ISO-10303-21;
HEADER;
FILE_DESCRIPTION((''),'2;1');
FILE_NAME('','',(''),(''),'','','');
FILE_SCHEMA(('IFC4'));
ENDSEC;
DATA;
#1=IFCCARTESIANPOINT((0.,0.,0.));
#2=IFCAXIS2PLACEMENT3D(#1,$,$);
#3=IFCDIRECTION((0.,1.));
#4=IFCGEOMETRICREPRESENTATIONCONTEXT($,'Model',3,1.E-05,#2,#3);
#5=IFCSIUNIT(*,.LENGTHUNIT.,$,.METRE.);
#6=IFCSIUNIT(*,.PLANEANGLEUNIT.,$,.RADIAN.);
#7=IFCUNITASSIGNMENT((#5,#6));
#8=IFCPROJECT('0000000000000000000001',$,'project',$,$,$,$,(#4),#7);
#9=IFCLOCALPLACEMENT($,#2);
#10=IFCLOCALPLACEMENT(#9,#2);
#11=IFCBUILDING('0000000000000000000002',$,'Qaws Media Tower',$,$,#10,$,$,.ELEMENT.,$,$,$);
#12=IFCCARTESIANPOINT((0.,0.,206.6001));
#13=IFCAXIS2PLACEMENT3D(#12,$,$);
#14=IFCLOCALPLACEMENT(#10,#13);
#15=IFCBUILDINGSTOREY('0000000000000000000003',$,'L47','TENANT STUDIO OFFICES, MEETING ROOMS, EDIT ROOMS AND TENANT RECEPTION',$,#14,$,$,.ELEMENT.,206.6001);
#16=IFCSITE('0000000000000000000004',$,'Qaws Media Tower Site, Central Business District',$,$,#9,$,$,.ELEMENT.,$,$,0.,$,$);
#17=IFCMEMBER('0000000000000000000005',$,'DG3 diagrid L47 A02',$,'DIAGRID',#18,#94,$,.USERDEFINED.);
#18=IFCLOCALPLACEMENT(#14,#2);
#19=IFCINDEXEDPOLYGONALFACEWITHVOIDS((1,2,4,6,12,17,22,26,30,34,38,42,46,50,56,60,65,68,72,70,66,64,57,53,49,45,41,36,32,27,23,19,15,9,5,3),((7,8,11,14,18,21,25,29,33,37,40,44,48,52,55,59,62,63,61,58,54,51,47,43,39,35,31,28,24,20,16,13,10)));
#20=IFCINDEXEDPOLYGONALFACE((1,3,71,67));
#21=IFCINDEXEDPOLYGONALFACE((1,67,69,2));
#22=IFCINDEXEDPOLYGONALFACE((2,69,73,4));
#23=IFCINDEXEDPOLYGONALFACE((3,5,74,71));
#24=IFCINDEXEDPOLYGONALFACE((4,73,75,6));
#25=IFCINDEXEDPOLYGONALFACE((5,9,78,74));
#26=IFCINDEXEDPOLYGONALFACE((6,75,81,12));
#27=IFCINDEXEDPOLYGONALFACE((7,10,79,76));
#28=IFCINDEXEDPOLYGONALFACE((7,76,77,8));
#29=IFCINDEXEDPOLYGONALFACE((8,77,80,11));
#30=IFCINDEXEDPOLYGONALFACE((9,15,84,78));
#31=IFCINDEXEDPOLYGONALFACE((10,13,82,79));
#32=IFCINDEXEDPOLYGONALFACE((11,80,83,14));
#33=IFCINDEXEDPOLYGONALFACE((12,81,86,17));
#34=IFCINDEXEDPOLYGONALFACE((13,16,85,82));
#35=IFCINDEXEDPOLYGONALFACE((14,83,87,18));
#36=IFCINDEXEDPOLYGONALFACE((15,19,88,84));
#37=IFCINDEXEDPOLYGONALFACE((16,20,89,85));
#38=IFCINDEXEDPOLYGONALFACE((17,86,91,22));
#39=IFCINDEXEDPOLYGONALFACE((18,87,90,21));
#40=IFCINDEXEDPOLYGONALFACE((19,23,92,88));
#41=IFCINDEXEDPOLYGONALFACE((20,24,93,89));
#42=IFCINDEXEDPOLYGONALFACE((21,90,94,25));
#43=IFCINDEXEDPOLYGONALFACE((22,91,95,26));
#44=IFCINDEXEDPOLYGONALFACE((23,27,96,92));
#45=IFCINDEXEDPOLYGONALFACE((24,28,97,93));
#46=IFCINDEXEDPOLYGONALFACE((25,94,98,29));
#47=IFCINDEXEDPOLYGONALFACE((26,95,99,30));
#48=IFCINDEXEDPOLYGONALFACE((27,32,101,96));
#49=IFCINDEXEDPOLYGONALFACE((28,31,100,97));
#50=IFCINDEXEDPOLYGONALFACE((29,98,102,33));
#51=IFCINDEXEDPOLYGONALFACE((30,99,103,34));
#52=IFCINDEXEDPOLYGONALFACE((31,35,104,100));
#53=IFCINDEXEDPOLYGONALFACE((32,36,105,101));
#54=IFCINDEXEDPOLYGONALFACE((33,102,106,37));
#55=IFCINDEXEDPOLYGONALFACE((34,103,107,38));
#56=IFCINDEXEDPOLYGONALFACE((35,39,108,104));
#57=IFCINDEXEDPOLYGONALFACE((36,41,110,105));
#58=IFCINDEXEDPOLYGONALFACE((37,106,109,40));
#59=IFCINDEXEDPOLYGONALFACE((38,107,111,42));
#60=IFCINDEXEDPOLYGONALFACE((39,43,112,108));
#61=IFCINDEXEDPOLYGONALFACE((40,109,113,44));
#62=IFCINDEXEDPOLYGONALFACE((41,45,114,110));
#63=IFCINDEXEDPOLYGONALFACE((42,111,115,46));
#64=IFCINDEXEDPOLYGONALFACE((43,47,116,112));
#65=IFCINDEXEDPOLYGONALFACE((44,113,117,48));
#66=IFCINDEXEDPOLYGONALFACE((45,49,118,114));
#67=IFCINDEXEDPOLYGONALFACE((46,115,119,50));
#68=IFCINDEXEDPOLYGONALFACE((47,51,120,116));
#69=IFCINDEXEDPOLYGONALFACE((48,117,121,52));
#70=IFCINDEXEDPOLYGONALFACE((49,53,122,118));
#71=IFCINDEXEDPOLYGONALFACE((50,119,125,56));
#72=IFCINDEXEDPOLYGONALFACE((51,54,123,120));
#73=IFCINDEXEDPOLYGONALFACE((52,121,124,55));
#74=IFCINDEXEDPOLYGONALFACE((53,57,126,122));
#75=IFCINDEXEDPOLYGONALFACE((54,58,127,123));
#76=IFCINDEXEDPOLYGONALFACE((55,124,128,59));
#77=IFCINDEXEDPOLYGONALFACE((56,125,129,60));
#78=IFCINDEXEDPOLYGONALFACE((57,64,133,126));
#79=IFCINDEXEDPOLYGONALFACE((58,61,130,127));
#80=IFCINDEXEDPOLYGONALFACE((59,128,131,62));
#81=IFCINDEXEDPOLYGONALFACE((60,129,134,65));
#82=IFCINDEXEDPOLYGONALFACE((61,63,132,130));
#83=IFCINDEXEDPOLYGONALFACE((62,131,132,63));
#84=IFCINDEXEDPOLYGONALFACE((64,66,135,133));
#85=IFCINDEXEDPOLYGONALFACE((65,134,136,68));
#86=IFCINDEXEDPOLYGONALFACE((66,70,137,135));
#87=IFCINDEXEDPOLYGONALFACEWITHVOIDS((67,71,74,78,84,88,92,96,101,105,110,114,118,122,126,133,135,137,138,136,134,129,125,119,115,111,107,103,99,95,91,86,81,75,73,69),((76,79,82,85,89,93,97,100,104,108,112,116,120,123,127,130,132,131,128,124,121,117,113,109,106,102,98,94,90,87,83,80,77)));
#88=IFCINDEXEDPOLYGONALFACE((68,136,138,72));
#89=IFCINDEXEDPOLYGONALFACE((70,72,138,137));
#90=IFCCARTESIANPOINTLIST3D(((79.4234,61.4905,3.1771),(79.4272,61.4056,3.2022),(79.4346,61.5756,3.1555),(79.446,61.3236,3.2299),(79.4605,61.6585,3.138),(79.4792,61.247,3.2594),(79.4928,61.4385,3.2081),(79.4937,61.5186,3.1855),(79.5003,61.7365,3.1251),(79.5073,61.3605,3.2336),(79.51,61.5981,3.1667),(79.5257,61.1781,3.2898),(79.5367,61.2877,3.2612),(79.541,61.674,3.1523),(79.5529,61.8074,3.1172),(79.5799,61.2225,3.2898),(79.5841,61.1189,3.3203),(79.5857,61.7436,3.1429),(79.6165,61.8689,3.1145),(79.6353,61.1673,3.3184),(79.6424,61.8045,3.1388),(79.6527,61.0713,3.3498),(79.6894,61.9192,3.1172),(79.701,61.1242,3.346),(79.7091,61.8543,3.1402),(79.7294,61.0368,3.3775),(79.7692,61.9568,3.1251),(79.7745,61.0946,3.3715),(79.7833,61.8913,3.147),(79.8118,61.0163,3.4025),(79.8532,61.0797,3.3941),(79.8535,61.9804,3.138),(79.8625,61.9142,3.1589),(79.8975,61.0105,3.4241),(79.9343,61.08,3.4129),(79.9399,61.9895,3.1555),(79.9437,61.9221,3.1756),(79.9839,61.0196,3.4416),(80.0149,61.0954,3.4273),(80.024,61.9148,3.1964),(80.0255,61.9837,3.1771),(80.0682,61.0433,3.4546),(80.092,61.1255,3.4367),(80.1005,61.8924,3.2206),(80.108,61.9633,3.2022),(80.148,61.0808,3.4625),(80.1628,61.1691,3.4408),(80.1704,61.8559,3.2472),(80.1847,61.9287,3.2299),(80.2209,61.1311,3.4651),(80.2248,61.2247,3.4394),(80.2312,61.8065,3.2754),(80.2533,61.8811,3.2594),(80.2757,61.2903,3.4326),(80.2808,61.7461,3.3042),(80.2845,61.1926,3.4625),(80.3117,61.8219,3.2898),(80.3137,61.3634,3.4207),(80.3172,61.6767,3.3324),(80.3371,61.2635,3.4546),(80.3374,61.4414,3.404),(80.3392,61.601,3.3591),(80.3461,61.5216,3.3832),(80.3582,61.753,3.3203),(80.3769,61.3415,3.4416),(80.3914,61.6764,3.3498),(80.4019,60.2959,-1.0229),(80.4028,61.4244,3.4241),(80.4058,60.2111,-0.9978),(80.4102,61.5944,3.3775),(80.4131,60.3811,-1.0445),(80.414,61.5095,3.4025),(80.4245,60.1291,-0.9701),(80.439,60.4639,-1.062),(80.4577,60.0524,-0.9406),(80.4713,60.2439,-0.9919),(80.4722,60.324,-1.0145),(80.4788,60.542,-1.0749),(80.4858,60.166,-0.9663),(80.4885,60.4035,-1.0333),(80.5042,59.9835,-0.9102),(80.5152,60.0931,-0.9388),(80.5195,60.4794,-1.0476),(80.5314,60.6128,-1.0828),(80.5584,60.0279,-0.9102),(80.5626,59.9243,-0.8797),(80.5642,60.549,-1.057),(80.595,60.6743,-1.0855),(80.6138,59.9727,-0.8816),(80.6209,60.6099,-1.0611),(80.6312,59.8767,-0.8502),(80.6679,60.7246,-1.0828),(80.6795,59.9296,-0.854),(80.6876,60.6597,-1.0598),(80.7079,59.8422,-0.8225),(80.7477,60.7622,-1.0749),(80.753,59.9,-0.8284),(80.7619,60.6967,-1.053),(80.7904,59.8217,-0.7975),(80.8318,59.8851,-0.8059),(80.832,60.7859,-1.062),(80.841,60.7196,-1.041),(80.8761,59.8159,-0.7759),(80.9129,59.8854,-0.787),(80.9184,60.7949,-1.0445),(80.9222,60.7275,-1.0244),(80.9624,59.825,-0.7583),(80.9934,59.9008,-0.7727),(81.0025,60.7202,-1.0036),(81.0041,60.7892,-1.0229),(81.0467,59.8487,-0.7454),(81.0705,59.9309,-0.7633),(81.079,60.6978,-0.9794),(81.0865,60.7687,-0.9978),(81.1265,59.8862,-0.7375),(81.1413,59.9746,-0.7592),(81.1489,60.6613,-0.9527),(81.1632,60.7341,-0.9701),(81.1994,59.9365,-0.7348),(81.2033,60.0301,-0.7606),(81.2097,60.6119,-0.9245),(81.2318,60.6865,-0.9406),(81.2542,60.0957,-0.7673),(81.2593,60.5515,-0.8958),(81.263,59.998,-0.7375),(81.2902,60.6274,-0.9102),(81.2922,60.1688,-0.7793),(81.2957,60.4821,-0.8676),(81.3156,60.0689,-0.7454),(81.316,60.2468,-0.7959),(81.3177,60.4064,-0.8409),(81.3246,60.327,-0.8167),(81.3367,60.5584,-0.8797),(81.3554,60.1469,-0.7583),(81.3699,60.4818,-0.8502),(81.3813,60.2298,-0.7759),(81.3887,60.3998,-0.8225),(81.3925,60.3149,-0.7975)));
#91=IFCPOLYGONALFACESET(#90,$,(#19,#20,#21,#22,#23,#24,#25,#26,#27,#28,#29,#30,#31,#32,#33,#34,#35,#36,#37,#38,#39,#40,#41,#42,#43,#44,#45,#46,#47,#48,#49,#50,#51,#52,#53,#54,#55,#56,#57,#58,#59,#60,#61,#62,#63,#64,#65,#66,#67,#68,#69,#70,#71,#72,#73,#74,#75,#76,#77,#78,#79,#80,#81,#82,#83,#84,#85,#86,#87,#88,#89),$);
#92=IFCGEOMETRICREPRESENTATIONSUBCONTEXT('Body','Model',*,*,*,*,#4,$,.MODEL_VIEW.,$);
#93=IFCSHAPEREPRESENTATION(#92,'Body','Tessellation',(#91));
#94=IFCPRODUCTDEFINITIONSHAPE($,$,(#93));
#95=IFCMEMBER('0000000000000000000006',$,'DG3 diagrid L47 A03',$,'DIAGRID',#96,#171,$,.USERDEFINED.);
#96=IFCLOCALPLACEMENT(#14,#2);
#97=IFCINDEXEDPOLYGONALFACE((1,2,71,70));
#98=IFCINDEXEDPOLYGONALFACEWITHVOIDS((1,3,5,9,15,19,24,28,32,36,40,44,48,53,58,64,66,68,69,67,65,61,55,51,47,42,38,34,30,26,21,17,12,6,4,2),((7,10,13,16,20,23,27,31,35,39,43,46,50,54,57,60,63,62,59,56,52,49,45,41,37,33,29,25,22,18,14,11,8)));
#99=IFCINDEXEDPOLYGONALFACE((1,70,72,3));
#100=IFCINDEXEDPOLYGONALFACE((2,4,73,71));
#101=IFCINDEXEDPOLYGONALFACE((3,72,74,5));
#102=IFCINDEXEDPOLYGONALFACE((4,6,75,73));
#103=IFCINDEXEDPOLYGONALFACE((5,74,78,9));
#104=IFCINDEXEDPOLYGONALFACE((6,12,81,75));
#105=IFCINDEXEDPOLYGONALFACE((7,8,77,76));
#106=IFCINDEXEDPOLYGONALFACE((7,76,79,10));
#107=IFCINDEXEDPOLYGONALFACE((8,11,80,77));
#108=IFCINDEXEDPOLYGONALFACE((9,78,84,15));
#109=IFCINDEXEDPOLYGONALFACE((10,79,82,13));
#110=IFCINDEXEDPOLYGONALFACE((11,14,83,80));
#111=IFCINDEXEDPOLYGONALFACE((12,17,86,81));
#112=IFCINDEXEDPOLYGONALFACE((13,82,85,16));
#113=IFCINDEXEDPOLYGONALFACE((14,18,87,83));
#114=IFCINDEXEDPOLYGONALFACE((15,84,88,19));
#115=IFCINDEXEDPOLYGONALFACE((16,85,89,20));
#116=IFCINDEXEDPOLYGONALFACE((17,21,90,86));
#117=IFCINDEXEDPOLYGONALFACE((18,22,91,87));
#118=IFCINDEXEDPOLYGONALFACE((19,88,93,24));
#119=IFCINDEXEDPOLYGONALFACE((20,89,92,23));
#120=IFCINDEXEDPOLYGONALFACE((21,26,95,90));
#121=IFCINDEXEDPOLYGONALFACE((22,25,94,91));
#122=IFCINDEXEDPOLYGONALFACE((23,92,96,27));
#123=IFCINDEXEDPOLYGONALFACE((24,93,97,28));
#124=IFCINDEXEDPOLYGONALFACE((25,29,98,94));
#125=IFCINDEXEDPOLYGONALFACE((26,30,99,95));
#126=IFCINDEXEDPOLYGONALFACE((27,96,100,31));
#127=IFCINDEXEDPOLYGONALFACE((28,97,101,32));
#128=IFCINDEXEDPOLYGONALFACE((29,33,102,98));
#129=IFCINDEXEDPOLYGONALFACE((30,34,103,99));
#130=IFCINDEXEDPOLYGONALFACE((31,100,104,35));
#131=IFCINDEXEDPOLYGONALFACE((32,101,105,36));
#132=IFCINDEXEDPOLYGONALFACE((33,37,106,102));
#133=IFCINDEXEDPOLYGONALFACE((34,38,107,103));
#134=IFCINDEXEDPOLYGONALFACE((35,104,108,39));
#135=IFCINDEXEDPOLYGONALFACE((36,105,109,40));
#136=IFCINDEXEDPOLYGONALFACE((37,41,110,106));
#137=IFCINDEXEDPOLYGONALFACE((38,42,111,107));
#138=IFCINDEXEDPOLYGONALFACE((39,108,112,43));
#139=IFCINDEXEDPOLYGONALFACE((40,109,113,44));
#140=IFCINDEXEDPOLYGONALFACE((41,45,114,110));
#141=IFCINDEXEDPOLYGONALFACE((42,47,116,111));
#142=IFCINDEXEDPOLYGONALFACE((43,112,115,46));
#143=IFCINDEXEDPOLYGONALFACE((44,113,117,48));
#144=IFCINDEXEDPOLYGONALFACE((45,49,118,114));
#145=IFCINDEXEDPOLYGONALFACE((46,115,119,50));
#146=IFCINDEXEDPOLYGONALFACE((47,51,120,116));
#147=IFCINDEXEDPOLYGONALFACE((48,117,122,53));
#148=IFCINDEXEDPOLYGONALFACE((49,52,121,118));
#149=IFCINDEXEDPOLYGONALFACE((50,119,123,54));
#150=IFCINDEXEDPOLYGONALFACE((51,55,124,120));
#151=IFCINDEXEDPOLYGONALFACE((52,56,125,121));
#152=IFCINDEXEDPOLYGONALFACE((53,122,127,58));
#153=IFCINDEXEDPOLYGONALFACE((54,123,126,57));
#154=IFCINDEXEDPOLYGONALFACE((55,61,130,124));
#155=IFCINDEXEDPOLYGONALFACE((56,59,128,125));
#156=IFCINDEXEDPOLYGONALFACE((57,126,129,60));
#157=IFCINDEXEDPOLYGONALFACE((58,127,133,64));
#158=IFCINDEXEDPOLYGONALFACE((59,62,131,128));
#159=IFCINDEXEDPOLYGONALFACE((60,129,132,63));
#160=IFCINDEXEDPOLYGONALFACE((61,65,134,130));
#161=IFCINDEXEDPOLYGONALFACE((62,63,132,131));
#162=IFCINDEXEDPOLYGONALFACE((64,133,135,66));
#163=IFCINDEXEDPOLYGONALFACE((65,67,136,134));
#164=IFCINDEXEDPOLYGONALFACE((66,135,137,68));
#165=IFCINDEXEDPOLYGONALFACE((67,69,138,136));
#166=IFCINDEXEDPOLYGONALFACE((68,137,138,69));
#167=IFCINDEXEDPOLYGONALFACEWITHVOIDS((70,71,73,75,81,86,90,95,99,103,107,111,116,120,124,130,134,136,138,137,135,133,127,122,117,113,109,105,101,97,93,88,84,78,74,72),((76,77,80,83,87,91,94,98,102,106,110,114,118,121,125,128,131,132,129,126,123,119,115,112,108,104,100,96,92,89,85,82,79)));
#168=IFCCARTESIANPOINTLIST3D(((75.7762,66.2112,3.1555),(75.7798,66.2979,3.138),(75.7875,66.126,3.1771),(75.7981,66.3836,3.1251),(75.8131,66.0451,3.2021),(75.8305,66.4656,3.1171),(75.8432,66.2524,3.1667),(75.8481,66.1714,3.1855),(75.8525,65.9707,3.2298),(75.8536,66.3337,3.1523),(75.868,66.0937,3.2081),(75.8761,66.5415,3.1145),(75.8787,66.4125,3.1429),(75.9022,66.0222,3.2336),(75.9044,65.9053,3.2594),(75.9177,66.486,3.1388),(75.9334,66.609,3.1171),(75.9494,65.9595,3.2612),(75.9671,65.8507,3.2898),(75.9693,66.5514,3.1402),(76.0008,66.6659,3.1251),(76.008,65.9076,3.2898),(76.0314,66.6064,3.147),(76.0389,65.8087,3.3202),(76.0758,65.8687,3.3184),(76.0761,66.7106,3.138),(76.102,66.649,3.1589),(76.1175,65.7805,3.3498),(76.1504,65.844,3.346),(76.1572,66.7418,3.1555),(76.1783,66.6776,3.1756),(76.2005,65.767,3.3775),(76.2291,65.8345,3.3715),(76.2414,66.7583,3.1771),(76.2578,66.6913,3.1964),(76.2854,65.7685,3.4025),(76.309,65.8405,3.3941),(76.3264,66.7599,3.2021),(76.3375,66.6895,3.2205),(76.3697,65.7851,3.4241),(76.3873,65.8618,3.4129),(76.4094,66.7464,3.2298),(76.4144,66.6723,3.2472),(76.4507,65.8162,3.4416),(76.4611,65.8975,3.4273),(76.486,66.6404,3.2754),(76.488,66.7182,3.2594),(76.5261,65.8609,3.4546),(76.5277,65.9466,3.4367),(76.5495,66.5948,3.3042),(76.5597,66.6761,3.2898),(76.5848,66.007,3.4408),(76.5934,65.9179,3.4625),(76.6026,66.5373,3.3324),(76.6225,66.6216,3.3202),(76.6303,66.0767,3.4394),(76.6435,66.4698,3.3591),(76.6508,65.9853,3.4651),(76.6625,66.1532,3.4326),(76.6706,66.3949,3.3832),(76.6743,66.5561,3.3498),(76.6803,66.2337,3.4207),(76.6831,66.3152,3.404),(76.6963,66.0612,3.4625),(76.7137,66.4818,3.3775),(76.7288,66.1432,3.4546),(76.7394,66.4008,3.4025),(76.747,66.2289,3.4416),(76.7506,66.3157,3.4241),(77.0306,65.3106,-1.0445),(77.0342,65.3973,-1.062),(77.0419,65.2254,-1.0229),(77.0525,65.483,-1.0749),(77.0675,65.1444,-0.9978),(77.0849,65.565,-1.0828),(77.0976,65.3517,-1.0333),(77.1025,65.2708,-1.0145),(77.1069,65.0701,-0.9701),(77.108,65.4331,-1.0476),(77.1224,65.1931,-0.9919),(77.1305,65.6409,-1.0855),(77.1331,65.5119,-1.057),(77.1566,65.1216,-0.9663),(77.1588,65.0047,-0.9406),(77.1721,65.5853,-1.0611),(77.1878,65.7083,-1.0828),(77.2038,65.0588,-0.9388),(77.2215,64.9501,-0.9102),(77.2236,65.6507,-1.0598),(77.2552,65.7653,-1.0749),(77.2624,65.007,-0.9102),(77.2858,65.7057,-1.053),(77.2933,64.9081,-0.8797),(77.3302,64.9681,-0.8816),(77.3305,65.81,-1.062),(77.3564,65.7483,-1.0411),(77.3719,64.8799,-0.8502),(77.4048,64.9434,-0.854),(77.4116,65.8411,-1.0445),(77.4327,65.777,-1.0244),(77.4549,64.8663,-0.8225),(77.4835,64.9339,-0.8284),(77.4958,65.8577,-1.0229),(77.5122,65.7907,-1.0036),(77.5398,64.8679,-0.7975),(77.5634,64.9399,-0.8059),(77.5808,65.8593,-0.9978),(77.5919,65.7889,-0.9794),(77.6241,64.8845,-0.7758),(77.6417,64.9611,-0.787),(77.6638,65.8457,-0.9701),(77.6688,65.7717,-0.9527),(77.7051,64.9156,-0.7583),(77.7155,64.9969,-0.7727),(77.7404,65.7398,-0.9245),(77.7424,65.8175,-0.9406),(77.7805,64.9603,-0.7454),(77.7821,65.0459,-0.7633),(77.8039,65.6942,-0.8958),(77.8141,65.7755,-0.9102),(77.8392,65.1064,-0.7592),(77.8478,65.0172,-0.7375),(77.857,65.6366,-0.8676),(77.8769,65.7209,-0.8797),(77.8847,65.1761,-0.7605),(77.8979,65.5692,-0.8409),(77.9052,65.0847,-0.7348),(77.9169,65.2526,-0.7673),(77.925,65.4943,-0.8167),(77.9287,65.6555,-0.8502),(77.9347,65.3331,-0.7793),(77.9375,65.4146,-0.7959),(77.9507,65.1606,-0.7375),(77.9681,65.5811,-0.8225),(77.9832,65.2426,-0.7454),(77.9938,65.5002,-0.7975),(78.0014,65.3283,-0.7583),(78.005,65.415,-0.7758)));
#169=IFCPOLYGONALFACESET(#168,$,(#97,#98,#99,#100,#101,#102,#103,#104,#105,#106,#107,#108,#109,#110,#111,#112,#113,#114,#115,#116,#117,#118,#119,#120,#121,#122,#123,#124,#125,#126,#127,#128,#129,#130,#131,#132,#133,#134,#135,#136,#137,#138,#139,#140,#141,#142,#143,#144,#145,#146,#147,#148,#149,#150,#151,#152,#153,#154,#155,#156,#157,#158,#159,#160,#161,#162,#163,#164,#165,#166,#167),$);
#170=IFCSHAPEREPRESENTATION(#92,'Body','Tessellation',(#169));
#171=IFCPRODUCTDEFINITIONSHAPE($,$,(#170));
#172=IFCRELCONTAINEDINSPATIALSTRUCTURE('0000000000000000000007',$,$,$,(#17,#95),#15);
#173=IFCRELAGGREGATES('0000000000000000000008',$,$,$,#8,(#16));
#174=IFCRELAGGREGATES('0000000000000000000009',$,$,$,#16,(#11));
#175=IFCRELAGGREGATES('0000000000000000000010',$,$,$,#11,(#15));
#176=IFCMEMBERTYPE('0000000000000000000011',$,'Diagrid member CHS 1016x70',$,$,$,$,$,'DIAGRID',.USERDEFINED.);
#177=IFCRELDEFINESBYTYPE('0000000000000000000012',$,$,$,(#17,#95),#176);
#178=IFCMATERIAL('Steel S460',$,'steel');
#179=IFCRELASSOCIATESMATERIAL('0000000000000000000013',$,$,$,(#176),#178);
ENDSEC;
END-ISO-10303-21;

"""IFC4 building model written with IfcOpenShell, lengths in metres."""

from ifc_helpers import new_model, si_unit, direction, frame, origin, origin_2d, place, context, subcontext, project, spatial, hollow_circle, extrude, material, material_profile, profile_set, type_object, element, save


model = new_model("IFC4")

# Units and contexts
model_context = context("Model", 3, precision=1e-05, world=origin(), true_north=direction((0.0, 1.0)))
body_context = subcontext(model_context, "Body", "Model", "MODEL_VIEW")
ifc_project = project(units=[si_unit("LENGTHUNIT", "METRE"), si_unit("PLANEANGLEUNIT", "RADIAN")], contexts=[model_context])

# Site, building, storey
site_placement = place(None, origin())
site = spatial("IfcSite", under=ifc_project, at=site_placement, Name="Qaws Media Tower Site, Central Business District", CompositionType="ELEMENT", RefElevation=0.0)
building_placement = place(site_placement, origin())
building = spatial("IfcBuilding", under=site, at=building_placement, Name="Qaws Media Tower", CompositionType="ELEMENT")
storey_placement = place(building_placement, frame((0.0, 0.0, 206.6001)))
storey = spatial("IfcBuildingStorey", under=building, at=storey_placement, Name="L47", Description="TENANT STUDIO OFFICES, MEETING ROOMS, EDIT ROOMS AND TENANT RECEPTION", CompositionType="ELEMENT", Elevation=206.6001)

# Members
ifc_material_1 = material(Name="Steel S460", Category="steel")
ifc_material_profile_1 = material_profile(ifc_material_1, hollow_circle(Radius=0.5081, WallThickness=0.0701, at=origin_2d()), Name="CHS 1016x70")
ifc_profile_set_1 = profile_set([ifc_material_profile_1], Name="Steel S460")
member_type_1 = type_object("IfcMemberType", Name="Diagrid member CHS 1016x70", ElementType="DIAGRID", PredefinedType="USERDEFINED", material=ifc_profile_set_1)
for number, where, z_axis, x_axis, name in (
    (1, (80.8972, 60.3054, -0.9102), (-0.218671, 0.266955, 0.938572), (-0.773598, -0.633677, 0.0), "DG3 diagrid L47 A02"),
    (2, (77.5178, 65.3628, -0.9102), (-0.280321, 0.201266, 0.938569), (-0.583226, -0.81231, 0.0), "DG3 diagrid L47 A03"),
):
    element("IfcMember", number, at=place(storey_placement, frame(where, z_axis=z_axis, x_axis=x_axis)), inside=storey, type_object=member_type_1, Name=name, ObjectType="DIAGRID", PredefinedType="USERDEFINED", context=body_context, shape_type="SweptSolid", body=[
        extrude(hollow_circle(Radius=0.5081, WallThickness=0.0701, at=origin_2d()), origin(), (0.0, 0.0, 1.0), 4.4749),
    ])

save(model, "model.ifc")
